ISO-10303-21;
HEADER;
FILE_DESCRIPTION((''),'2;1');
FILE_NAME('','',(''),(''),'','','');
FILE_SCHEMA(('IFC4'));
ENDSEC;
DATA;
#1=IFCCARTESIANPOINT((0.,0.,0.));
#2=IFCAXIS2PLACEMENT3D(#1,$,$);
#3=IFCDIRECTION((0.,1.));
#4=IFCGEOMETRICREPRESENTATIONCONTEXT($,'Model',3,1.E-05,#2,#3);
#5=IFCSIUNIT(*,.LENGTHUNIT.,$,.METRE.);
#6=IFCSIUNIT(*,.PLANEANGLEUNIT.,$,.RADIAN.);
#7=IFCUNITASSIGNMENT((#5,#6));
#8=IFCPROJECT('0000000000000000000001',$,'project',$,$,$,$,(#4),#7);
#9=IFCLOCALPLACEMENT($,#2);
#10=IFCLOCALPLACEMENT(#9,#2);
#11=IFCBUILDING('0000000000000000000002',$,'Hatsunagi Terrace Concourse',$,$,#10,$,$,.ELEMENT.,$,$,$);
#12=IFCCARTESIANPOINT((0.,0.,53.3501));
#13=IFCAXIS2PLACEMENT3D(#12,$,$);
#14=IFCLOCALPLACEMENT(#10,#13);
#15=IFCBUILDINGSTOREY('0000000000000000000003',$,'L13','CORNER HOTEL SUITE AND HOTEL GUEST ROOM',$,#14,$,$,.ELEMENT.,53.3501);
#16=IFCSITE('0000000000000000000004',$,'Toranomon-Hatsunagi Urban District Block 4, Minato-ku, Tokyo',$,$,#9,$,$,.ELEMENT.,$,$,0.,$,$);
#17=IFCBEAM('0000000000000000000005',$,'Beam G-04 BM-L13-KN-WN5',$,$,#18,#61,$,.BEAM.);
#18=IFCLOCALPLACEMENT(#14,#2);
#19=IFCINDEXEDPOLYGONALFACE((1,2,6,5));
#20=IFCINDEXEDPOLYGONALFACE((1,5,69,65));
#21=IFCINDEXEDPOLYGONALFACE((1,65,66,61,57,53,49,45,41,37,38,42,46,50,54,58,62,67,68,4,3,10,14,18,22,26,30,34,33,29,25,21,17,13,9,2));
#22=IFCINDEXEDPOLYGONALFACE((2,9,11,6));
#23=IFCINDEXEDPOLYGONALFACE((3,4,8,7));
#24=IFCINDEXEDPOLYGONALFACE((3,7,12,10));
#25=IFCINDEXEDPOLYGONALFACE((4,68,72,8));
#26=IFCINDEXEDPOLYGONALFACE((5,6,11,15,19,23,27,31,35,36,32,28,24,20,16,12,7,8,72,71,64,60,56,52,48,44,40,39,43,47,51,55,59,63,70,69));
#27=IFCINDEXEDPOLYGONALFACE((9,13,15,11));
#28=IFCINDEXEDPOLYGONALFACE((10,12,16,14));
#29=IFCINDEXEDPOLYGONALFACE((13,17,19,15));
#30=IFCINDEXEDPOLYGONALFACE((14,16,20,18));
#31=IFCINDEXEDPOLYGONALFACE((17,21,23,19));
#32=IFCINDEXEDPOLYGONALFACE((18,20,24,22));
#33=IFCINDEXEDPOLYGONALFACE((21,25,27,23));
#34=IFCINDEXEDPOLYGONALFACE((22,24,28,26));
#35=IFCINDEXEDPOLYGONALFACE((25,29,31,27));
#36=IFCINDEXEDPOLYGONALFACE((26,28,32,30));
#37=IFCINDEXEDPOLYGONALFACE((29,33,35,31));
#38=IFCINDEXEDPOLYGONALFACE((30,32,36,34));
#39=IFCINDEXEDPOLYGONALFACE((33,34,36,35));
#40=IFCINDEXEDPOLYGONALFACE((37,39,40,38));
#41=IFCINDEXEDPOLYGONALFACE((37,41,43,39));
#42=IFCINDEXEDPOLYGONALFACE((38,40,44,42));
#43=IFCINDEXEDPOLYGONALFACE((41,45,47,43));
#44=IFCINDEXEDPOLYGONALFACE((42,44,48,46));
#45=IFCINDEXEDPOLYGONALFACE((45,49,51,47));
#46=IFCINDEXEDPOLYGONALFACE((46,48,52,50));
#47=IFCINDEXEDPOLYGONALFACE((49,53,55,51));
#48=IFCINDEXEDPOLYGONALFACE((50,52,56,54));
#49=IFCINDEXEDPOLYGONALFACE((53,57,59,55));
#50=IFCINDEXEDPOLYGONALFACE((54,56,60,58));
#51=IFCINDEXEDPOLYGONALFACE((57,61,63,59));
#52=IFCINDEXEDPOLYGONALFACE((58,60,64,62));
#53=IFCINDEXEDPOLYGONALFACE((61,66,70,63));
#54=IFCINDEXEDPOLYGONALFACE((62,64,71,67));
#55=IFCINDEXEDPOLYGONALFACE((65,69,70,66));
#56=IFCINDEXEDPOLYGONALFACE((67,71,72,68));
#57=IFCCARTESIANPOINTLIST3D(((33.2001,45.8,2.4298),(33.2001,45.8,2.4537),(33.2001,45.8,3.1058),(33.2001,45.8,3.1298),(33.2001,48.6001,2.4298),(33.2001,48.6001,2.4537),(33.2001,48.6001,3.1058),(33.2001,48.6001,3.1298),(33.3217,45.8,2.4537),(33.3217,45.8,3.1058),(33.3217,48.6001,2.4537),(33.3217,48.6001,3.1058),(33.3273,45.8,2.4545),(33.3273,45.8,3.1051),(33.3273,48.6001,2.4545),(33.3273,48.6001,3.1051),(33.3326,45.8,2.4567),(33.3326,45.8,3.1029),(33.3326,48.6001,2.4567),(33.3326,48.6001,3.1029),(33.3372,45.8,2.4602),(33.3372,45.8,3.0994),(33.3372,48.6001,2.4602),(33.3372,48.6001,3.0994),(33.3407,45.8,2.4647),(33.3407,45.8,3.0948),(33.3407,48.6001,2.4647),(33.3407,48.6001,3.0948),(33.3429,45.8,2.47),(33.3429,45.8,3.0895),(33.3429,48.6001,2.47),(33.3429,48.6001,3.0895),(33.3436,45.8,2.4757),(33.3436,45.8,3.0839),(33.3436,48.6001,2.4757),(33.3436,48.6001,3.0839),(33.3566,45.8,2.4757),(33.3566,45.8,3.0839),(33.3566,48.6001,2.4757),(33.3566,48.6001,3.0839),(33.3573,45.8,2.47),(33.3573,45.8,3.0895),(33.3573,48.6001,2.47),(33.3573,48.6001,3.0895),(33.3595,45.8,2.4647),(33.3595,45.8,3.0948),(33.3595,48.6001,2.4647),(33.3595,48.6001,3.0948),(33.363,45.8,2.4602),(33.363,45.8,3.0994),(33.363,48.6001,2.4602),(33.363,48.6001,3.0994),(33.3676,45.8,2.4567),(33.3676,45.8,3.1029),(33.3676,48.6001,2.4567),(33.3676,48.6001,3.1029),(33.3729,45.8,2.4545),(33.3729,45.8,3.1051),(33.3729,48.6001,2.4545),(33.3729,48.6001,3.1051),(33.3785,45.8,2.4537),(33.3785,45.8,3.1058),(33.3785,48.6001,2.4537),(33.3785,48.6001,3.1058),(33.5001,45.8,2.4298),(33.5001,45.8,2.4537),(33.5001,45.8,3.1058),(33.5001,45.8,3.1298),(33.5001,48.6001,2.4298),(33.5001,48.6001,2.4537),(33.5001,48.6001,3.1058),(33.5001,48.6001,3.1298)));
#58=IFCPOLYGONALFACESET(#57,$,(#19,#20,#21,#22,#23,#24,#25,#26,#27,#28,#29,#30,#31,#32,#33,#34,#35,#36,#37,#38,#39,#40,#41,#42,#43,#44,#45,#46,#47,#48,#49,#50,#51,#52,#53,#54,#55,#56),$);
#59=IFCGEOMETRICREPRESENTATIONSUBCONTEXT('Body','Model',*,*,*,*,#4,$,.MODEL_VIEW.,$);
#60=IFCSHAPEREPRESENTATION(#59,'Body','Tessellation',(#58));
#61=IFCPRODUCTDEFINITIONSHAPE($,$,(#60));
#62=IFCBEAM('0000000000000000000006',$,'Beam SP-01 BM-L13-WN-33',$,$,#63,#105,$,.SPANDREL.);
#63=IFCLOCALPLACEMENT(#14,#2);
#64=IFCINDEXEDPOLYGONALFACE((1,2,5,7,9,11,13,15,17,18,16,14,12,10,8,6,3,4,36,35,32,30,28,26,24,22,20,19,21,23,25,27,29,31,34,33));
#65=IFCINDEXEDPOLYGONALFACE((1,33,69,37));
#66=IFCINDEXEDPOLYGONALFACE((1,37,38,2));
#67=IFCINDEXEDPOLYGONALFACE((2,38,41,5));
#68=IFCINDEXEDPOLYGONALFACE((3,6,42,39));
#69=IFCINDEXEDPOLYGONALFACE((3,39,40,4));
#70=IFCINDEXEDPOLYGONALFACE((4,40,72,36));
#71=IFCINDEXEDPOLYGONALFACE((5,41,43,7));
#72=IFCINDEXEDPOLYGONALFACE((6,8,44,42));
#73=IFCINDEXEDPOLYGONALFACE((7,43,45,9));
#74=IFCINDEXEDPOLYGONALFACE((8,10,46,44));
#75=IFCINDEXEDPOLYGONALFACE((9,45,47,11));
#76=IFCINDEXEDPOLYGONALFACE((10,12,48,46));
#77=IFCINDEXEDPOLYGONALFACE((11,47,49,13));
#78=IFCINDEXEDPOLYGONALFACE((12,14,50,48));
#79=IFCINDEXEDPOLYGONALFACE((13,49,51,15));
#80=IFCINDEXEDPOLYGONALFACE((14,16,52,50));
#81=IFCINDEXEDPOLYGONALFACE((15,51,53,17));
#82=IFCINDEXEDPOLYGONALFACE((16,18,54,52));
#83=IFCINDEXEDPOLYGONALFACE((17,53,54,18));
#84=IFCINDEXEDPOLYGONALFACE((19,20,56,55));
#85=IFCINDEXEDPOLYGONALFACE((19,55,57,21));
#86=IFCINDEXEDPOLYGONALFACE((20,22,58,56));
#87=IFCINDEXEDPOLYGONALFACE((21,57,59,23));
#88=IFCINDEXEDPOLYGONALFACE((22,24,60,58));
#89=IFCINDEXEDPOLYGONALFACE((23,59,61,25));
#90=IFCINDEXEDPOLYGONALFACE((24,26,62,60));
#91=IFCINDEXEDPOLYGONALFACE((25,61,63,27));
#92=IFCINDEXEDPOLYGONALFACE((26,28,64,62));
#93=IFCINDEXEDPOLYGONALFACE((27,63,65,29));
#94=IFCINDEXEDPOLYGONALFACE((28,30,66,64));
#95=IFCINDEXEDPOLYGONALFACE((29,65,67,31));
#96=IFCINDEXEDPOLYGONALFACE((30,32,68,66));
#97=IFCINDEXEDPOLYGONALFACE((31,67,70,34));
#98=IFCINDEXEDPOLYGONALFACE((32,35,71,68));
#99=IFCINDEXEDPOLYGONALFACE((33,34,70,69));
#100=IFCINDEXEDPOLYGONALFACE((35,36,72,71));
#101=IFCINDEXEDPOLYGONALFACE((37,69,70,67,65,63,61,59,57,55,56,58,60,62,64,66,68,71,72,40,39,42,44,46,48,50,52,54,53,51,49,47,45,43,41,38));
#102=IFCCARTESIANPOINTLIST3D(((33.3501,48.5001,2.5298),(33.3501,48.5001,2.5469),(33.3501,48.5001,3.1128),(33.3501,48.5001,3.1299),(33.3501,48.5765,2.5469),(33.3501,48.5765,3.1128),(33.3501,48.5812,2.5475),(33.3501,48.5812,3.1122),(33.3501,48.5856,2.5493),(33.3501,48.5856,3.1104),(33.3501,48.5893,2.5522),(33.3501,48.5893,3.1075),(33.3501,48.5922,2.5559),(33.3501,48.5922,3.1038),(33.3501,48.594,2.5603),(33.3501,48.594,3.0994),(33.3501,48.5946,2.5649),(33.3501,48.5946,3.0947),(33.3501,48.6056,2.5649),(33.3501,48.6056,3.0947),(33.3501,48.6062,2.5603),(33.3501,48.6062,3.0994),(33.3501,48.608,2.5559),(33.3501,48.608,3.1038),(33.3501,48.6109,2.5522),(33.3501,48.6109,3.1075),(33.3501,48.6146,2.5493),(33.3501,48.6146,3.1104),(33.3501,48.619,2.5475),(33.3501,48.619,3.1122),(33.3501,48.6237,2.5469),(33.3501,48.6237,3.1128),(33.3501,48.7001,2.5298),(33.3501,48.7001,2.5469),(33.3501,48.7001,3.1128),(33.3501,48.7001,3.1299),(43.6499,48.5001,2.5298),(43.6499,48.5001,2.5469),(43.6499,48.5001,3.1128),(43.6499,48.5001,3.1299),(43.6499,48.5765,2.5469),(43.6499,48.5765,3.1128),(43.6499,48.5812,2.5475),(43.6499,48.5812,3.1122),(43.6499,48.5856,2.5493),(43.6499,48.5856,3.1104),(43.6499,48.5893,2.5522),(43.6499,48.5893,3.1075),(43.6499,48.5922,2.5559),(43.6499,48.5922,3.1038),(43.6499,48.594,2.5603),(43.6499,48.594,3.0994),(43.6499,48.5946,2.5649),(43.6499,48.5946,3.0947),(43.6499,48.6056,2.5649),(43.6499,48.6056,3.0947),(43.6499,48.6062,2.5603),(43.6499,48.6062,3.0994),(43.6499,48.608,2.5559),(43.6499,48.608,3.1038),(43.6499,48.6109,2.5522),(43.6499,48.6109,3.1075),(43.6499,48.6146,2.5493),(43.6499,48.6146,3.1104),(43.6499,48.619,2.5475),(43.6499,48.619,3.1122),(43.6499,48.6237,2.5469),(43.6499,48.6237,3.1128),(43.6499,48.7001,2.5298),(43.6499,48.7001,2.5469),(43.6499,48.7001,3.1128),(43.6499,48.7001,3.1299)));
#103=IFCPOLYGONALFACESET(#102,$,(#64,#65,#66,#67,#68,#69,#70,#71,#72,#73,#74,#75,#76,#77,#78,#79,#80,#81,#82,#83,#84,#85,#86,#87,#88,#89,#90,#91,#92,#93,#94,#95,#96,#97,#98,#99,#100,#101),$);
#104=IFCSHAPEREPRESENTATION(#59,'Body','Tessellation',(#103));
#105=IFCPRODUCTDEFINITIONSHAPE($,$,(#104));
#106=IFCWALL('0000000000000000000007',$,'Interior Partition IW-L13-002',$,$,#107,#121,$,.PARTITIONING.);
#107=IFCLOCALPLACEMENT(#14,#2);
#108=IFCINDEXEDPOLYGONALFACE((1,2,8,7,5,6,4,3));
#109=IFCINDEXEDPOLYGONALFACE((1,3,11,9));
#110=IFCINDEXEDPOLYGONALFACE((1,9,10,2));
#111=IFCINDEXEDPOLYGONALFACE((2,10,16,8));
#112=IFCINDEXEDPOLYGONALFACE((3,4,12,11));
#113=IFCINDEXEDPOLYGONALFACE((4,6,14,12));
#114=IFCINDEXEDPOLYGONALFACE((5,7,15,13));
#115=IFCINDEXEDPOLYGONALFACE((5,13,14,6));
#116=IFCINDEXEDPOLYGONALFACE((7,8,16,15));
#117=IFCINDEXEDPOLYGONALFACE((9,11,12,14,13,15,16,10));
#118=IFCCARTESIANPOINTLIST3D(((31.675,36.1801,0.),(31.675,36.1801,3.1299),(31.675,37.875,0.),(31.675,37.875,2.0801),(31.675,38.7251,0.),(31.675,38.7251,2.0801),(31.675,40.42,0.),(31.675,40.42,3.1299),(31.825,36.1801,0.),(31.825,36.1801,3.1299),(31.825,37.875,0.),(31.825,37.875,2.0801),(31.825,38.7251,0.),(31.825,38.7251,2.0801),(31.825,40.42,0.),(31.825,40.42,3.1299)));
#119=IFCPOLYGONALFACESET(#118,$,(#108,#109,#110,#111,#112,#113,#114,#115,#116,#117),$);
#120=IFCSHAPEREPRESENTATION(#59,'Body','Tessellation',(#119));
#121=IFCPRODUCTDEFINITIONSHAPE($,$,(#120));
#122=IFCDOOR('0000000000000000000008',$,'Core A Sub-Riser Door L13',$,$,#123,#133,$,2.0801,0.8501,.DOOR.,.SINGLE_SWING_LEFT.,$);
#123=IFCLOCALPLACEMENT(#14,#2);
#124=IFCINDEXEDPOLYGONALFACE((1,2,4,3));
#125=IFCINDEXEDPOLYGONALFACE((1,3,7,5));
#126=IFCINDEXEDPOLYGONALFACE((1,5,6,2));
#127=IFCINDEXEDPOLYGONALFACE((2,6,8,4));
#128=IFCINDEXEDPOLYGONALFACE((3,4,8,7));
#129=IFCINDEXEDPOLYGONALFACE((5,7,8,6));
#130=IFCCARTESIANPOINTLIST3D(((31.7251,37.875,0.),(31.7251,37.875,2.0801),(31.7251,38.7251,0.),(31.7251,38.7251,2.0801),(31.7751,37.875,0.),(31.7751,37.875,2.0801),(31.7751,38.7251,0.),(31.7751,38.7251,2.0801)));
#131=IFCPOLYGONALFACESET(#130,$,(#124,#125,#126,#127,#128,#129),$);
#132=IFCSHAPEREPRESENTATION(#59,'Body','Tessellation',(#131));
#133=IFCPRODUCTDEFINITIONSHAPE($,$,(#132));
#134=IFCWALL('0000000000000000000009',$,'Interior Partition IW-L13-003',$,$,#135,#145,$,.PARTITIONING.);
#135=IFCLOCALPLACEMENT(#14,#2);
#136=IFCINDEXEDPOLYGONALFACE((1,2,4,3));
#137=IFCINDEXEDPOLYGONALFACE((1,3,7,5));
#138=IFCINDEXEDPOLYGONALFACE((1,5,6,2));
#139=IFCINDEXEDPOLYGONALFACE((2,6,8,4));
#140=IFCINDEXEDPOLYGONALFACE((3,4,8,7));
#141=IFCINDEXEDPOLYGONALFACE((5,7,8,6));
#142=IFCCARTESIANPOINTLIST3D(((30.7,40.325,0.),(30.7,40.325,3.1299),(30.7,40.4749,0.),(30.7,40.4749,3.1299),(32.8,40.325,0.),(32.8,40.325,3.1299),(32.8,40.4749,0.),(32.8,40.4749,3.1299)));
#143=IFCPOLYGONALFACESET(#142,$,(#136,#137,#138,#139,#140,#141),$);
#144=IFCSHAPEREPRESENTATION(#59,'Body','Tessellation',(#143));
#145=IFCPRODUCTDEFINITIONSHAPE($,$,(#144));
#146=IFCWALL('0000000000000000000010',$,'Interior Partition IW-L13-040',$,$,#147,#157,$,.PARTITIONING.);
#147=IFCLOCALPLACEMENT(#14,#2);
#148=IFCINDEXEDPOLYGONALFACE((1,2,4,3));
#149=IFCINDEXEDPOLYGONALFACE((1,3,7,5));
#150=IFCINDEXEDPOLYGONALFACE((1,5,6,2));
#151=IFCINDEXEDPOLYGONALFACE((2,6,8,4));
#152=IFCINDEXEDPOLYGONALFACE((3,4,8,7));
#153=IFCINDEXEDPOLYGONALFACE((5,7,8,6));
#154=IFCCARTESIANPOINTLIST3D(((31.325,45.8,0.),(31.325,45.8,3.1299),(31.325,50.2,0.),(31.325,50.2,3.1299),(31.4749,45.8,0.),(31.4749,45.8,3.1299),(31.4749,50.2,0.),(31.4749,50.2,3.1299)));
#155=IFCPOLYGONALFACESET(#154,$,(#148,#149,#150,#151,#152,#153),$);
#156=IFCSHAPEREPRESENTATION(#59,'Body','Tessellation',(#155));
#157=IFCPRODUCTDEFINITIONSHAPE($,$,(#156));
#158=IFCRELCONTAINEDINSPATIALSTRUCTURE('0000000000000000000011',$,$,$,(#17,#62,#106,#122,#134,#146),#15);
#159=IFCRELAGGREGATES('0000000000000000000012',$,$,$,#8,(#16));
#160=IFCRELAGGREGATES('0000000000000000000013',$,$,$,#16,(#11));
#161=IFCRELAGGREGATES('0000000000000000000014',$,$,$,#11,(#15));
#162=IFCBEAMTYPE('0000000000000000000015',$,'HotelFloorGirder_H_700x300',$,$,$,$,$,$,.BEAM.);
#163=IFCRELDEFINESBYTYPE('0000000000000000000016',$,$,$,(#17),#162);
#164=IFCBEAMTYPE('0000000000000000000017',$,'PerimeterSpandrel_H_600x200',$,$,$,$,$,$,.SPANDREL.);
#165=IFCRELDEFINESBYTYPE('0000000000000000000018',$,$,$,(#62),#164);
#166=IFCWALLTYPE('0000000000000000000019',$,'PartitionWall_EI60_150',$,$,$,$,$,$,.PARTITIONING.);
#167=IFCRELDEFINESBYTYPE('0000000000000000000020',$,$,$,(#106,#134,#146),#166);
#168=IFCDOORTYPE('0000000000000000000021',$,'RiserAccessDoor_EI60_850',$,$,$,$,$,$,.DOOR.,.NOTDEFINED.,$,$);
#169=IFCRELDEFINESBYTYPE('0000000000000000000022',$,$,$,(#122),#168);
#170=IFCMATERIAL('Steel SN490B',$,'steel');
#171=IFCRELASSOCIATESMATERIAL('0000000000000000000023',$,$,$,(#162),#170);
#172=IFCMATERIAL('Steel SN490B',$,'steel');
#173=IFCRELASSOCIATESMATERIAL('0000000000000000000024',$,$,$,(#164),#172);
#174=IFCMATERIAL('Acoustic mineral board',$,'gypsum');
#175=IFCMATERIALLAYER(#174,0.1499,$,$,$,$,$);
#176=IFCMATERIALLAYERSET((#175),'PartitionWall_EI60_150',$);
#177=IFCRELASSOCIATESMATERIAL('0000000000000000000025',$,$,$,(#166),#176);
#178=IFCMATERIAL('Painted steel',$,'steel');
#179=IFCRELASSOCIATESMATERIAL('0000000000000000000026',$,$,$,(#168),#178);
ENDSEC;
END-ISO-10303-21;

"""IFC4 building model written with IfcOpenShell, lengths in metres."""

from ifc_helpers import new_model, si_unit, direction, frame, frame_2d, origin, origin_2d, place, context, subcontext, project, spatial, rectangle, i_section, extrude, material, layer, layer_set, material_profile, profile_set, type_object, element, fill, save


model = new_model("IFC4")

# Units and contexts
model_context = context("Model", 3, precision=1e-05, world=origin(), true_north=direction((0.0, 1.0)))
body_context = subcontext(model_context, "Body", "Model", "MODEL_VIEW")
ifc_project = project(units=[si_unit("LENGTHUNIT", "METRE"), si_unit("PLANEANGLEUNIT", "RADIAN")], contexts=[model_context])

# Site, building, storey
site_placement = place(None, origin())
site = spatial("IfcSite", under=ifc_project, at=site_placement, Name="Toranomon-Hatsunagi Urban District Block 4, Minato-ku, Tokyo", CompositionType="ELEMENT", RefElevation=0.0)
building_placement = place(site_placement, origin())
building = spatial("IfcBuilding", under=site, at=building_placement, Name="Hatsunagi Terrace Concourse", CompositionType="ELEMENT")
storey_placement = place(building_placement, frame((0.0, 0.0, 53.3501)))
storey = spatial("IfcBuildingStorey", under=building, at=storey_placement, Name="L13", Description="CORNER HOTEL SUITE AND HOTEL GUEST ROOM", CompositionType="ELEMENT", Elevation=53.3501)

# Beams
ifc_material_1 = material(Name="Steel SN490B", Category="steel")
ifc_material_profile_1 = material_profile(ifc_material_1, i_section(OverallWidth=0.3, OverallDepth=0.7, WebThickness=0.0129, FlangeThickness=0.0239, FilletRadius=0.022, at=origin_2d()), Name="H-700x300x13x24")
ifc_profile_set_1 = profile_set([ifc_material_profile_1], Name="Steel SN490B")
beam_type_1 = type_object("IfcBeamType", Name="HotelFloorGirder_H_700x300", PredefinedType="BEAM", material=ifc_profile_set_1)
beam_1_placement = place(storey_placement, frame((33.3501, 45.8, 2.7798), z_axis=(0.0, 1.0, 0.0), x_axis=(-1.0, 0.0, 0.0)))
element("IfcBeam", 1, at=beam_1_placement, inside=storey, type_object=beam_type_1, Name="Beam G-04 BM-L13-KN-WN5", PredefinedType="BEAM", context=body_context, shape_type="SweptSolid", body=[
    extrude(i_section(OverallWidth=0.3, OverallDepth=0.7, WebThickness=0.0129, FlangeThickness=0.0239, FilletRadius=0.022, at=origin_2d()), origin(), (0.0, 0.0, 1.0), 2.8),
])
ifc_material_2 = material(Name="Steel SN490B", Category="steel")
ifc_material_profile_2 = material_profile(ifc_material_2, i_section(OverallWidth=0.2, OverallDepth=0.6001, WebThickness=0.011, FlangeThickness=0.0171, FilletRadius=0.0181, at=origin_2d()), Name="H-600x200x11x17")
ifc_profile_set_2 = profile_set([ifc_material_profile_2], Name="Steel SN490B")
beam_type_2 = type_object("IfcBeamType", Name="PerimeterSpandrel_H_600x200", PredefinedType="SPANDREL", material=ifc_profile_set_2)
beam_2_placement = place(storey_placement, frame((33.3501, 48.6001, 2.8298), z_axis=(1.0, 0.0, 0.0), x_axis=(0.0, 1.0, 0.0)))
element("IfcBeam", 2, at=beam_2_placement, inside=storey, type_object=beam_type_2, Name="Beam SP-01 BM-L13-WN-33", PredefinedType="SPANDREL", context=body_context, shape_type="SweptSolid", body=[
    extrude(i_section(OverallWidth=0.2, OverallDepth=0.6001, WebThickness=0.011, FlangeThickness=0.0171, FilletRadius=0.0181, at=origin_2d()), origin(), (0.0, 0.0, 1.0), 10.2998),
])

# Wall, opening, door
ifc_material_3 = material(Name="Acoustic mineral board", Category="gypsum")
ifc_layer_1 = layer(ifc_material_3, 0.1499)
ifc_layer_set_1 = layer_set([ifc_layer_1], Name="PartitionWall_EI60_150")
wall_type_1 = type_object("IfcWallType", Name="PartitionWall_EI60_150", PredefinedType="PARTITIONING", material=ifc_layer_set_1)
wall_1_placement = place(storey_placement, frame((31.75, 36.1799, 0.0), z_axis=(0.0, 0.0, 1.0), x_axis=(0.0, 1.0, 0.0)))
wall_1 = element("IfcWall", 3, at=wall_1_placement, inside=storey, type_object=wall_type_1, Name="Interior Partition IW-L13-002", PredefinedType="PARTITIONING", context=body_context, shape_type="SweptSolid", body=[
    extrude(rectangle(XDim=4.24, YDim=0.1499, at=frame_2d((2.1201, 0.0))), origin(), (0.0, 0.0, 1.0), 3.1299),
])
opening_1_placement = place(wall_1_placement, frame((1.6951, 0.0, 0.0)))
opening_1 = element("IfcOpeningElement", 4, at=opening_1_placement, cuts=wall_1, PredefinedType="OPENING", context=body_context, shape_type="SweptSolid", body=[
    extrude(rectangle(XDim=0.8501, YDim=2.0801, at=frame_2d((0.425, 1.04))), frame((0.0, 0.085, 0.0), z_axis=(0.0, -1.0, 0.0), x_axis=(1.0, 0.0, 0.0)), (0.0, 0.0, 1.0), 0.1699),
])
ifc_material_4 = material(Name="Painted steel", Category="steel")
door_type_1 = type_object("IfcDoorType", Name="RiserAccessDoor_EI60_850", OperationType="NOTDEFINED", PredefinedType="DOOR", material=ifc_material_4)
door_1_placement = place(opening_1_placement, origin())
door_1 = element("IfcDoor", 5, at=door_1_placement, inside=storey, type_object=door_type_1, Name="Core A Sub-Riser Door L13", OperationType="SINGLE_SWING_LEFT", OverallHeight=2.0801, OverallWidth=0.8501, PredefinedType="DOOR", context=body_context, shape_type="SweptSolid", body=[
    extrude(rectangle(XDim=0.8501, YDim=2.0801, at=frame_2d((0.425, 1.04))), frame((0.0, 0.0249, 0.0), z_axis=(0.0, -1.0, 0.0), x_axis=(1.0, 0.0, 0.0)), (0.0, 0.0, 1.0), 0.05),
])
fill(opening_1, door_1)

# Walls
wall_2_placement = place(storey_placement, frame((30.7, 40.3999, 0.0), z_axis=(0.0, 0.0, 1.0), x_axis=(1.0, 0.0, 0.0)))
element("IfcWall", 6, at=wall_2_placement, inside=storey, type_object=wall_type_1, Name="Interior Partition IW-L13-003", PredefinedType="PARTITIONING", context=body_context, shape_type="SweptSolid", body=[
    extrude(rectangle(XDim=2.1001, YDim=0.1499, at=frame_2d((1.05, 0.0))), origin(), (0.0, 0.0, 1.0), 3.1299),
])
wall_3_placement = place(storey_placement, frame((31.3999, 45.8, 0.0), z_axis=(0.0, 0.0, 1.0), x_axis=(0.0, 1.0, 0.0)))
element("IfcWall", 7, at=wall_3_placement, inside=storey, type_object=wall_type_1, Name="Interior Partition IW-L13-040", PredefinedType="PARTITIONING", context=body_context, shape_type="SweptSolid", body=[
    extrude(rectangle(XDim=4.3999, YDim=0.1499, at=frame_2d((2.2, 0.0))), origin(), (0.0, 0.0, 1.0), 3.1299),
])

save(model, "model.ifc")
